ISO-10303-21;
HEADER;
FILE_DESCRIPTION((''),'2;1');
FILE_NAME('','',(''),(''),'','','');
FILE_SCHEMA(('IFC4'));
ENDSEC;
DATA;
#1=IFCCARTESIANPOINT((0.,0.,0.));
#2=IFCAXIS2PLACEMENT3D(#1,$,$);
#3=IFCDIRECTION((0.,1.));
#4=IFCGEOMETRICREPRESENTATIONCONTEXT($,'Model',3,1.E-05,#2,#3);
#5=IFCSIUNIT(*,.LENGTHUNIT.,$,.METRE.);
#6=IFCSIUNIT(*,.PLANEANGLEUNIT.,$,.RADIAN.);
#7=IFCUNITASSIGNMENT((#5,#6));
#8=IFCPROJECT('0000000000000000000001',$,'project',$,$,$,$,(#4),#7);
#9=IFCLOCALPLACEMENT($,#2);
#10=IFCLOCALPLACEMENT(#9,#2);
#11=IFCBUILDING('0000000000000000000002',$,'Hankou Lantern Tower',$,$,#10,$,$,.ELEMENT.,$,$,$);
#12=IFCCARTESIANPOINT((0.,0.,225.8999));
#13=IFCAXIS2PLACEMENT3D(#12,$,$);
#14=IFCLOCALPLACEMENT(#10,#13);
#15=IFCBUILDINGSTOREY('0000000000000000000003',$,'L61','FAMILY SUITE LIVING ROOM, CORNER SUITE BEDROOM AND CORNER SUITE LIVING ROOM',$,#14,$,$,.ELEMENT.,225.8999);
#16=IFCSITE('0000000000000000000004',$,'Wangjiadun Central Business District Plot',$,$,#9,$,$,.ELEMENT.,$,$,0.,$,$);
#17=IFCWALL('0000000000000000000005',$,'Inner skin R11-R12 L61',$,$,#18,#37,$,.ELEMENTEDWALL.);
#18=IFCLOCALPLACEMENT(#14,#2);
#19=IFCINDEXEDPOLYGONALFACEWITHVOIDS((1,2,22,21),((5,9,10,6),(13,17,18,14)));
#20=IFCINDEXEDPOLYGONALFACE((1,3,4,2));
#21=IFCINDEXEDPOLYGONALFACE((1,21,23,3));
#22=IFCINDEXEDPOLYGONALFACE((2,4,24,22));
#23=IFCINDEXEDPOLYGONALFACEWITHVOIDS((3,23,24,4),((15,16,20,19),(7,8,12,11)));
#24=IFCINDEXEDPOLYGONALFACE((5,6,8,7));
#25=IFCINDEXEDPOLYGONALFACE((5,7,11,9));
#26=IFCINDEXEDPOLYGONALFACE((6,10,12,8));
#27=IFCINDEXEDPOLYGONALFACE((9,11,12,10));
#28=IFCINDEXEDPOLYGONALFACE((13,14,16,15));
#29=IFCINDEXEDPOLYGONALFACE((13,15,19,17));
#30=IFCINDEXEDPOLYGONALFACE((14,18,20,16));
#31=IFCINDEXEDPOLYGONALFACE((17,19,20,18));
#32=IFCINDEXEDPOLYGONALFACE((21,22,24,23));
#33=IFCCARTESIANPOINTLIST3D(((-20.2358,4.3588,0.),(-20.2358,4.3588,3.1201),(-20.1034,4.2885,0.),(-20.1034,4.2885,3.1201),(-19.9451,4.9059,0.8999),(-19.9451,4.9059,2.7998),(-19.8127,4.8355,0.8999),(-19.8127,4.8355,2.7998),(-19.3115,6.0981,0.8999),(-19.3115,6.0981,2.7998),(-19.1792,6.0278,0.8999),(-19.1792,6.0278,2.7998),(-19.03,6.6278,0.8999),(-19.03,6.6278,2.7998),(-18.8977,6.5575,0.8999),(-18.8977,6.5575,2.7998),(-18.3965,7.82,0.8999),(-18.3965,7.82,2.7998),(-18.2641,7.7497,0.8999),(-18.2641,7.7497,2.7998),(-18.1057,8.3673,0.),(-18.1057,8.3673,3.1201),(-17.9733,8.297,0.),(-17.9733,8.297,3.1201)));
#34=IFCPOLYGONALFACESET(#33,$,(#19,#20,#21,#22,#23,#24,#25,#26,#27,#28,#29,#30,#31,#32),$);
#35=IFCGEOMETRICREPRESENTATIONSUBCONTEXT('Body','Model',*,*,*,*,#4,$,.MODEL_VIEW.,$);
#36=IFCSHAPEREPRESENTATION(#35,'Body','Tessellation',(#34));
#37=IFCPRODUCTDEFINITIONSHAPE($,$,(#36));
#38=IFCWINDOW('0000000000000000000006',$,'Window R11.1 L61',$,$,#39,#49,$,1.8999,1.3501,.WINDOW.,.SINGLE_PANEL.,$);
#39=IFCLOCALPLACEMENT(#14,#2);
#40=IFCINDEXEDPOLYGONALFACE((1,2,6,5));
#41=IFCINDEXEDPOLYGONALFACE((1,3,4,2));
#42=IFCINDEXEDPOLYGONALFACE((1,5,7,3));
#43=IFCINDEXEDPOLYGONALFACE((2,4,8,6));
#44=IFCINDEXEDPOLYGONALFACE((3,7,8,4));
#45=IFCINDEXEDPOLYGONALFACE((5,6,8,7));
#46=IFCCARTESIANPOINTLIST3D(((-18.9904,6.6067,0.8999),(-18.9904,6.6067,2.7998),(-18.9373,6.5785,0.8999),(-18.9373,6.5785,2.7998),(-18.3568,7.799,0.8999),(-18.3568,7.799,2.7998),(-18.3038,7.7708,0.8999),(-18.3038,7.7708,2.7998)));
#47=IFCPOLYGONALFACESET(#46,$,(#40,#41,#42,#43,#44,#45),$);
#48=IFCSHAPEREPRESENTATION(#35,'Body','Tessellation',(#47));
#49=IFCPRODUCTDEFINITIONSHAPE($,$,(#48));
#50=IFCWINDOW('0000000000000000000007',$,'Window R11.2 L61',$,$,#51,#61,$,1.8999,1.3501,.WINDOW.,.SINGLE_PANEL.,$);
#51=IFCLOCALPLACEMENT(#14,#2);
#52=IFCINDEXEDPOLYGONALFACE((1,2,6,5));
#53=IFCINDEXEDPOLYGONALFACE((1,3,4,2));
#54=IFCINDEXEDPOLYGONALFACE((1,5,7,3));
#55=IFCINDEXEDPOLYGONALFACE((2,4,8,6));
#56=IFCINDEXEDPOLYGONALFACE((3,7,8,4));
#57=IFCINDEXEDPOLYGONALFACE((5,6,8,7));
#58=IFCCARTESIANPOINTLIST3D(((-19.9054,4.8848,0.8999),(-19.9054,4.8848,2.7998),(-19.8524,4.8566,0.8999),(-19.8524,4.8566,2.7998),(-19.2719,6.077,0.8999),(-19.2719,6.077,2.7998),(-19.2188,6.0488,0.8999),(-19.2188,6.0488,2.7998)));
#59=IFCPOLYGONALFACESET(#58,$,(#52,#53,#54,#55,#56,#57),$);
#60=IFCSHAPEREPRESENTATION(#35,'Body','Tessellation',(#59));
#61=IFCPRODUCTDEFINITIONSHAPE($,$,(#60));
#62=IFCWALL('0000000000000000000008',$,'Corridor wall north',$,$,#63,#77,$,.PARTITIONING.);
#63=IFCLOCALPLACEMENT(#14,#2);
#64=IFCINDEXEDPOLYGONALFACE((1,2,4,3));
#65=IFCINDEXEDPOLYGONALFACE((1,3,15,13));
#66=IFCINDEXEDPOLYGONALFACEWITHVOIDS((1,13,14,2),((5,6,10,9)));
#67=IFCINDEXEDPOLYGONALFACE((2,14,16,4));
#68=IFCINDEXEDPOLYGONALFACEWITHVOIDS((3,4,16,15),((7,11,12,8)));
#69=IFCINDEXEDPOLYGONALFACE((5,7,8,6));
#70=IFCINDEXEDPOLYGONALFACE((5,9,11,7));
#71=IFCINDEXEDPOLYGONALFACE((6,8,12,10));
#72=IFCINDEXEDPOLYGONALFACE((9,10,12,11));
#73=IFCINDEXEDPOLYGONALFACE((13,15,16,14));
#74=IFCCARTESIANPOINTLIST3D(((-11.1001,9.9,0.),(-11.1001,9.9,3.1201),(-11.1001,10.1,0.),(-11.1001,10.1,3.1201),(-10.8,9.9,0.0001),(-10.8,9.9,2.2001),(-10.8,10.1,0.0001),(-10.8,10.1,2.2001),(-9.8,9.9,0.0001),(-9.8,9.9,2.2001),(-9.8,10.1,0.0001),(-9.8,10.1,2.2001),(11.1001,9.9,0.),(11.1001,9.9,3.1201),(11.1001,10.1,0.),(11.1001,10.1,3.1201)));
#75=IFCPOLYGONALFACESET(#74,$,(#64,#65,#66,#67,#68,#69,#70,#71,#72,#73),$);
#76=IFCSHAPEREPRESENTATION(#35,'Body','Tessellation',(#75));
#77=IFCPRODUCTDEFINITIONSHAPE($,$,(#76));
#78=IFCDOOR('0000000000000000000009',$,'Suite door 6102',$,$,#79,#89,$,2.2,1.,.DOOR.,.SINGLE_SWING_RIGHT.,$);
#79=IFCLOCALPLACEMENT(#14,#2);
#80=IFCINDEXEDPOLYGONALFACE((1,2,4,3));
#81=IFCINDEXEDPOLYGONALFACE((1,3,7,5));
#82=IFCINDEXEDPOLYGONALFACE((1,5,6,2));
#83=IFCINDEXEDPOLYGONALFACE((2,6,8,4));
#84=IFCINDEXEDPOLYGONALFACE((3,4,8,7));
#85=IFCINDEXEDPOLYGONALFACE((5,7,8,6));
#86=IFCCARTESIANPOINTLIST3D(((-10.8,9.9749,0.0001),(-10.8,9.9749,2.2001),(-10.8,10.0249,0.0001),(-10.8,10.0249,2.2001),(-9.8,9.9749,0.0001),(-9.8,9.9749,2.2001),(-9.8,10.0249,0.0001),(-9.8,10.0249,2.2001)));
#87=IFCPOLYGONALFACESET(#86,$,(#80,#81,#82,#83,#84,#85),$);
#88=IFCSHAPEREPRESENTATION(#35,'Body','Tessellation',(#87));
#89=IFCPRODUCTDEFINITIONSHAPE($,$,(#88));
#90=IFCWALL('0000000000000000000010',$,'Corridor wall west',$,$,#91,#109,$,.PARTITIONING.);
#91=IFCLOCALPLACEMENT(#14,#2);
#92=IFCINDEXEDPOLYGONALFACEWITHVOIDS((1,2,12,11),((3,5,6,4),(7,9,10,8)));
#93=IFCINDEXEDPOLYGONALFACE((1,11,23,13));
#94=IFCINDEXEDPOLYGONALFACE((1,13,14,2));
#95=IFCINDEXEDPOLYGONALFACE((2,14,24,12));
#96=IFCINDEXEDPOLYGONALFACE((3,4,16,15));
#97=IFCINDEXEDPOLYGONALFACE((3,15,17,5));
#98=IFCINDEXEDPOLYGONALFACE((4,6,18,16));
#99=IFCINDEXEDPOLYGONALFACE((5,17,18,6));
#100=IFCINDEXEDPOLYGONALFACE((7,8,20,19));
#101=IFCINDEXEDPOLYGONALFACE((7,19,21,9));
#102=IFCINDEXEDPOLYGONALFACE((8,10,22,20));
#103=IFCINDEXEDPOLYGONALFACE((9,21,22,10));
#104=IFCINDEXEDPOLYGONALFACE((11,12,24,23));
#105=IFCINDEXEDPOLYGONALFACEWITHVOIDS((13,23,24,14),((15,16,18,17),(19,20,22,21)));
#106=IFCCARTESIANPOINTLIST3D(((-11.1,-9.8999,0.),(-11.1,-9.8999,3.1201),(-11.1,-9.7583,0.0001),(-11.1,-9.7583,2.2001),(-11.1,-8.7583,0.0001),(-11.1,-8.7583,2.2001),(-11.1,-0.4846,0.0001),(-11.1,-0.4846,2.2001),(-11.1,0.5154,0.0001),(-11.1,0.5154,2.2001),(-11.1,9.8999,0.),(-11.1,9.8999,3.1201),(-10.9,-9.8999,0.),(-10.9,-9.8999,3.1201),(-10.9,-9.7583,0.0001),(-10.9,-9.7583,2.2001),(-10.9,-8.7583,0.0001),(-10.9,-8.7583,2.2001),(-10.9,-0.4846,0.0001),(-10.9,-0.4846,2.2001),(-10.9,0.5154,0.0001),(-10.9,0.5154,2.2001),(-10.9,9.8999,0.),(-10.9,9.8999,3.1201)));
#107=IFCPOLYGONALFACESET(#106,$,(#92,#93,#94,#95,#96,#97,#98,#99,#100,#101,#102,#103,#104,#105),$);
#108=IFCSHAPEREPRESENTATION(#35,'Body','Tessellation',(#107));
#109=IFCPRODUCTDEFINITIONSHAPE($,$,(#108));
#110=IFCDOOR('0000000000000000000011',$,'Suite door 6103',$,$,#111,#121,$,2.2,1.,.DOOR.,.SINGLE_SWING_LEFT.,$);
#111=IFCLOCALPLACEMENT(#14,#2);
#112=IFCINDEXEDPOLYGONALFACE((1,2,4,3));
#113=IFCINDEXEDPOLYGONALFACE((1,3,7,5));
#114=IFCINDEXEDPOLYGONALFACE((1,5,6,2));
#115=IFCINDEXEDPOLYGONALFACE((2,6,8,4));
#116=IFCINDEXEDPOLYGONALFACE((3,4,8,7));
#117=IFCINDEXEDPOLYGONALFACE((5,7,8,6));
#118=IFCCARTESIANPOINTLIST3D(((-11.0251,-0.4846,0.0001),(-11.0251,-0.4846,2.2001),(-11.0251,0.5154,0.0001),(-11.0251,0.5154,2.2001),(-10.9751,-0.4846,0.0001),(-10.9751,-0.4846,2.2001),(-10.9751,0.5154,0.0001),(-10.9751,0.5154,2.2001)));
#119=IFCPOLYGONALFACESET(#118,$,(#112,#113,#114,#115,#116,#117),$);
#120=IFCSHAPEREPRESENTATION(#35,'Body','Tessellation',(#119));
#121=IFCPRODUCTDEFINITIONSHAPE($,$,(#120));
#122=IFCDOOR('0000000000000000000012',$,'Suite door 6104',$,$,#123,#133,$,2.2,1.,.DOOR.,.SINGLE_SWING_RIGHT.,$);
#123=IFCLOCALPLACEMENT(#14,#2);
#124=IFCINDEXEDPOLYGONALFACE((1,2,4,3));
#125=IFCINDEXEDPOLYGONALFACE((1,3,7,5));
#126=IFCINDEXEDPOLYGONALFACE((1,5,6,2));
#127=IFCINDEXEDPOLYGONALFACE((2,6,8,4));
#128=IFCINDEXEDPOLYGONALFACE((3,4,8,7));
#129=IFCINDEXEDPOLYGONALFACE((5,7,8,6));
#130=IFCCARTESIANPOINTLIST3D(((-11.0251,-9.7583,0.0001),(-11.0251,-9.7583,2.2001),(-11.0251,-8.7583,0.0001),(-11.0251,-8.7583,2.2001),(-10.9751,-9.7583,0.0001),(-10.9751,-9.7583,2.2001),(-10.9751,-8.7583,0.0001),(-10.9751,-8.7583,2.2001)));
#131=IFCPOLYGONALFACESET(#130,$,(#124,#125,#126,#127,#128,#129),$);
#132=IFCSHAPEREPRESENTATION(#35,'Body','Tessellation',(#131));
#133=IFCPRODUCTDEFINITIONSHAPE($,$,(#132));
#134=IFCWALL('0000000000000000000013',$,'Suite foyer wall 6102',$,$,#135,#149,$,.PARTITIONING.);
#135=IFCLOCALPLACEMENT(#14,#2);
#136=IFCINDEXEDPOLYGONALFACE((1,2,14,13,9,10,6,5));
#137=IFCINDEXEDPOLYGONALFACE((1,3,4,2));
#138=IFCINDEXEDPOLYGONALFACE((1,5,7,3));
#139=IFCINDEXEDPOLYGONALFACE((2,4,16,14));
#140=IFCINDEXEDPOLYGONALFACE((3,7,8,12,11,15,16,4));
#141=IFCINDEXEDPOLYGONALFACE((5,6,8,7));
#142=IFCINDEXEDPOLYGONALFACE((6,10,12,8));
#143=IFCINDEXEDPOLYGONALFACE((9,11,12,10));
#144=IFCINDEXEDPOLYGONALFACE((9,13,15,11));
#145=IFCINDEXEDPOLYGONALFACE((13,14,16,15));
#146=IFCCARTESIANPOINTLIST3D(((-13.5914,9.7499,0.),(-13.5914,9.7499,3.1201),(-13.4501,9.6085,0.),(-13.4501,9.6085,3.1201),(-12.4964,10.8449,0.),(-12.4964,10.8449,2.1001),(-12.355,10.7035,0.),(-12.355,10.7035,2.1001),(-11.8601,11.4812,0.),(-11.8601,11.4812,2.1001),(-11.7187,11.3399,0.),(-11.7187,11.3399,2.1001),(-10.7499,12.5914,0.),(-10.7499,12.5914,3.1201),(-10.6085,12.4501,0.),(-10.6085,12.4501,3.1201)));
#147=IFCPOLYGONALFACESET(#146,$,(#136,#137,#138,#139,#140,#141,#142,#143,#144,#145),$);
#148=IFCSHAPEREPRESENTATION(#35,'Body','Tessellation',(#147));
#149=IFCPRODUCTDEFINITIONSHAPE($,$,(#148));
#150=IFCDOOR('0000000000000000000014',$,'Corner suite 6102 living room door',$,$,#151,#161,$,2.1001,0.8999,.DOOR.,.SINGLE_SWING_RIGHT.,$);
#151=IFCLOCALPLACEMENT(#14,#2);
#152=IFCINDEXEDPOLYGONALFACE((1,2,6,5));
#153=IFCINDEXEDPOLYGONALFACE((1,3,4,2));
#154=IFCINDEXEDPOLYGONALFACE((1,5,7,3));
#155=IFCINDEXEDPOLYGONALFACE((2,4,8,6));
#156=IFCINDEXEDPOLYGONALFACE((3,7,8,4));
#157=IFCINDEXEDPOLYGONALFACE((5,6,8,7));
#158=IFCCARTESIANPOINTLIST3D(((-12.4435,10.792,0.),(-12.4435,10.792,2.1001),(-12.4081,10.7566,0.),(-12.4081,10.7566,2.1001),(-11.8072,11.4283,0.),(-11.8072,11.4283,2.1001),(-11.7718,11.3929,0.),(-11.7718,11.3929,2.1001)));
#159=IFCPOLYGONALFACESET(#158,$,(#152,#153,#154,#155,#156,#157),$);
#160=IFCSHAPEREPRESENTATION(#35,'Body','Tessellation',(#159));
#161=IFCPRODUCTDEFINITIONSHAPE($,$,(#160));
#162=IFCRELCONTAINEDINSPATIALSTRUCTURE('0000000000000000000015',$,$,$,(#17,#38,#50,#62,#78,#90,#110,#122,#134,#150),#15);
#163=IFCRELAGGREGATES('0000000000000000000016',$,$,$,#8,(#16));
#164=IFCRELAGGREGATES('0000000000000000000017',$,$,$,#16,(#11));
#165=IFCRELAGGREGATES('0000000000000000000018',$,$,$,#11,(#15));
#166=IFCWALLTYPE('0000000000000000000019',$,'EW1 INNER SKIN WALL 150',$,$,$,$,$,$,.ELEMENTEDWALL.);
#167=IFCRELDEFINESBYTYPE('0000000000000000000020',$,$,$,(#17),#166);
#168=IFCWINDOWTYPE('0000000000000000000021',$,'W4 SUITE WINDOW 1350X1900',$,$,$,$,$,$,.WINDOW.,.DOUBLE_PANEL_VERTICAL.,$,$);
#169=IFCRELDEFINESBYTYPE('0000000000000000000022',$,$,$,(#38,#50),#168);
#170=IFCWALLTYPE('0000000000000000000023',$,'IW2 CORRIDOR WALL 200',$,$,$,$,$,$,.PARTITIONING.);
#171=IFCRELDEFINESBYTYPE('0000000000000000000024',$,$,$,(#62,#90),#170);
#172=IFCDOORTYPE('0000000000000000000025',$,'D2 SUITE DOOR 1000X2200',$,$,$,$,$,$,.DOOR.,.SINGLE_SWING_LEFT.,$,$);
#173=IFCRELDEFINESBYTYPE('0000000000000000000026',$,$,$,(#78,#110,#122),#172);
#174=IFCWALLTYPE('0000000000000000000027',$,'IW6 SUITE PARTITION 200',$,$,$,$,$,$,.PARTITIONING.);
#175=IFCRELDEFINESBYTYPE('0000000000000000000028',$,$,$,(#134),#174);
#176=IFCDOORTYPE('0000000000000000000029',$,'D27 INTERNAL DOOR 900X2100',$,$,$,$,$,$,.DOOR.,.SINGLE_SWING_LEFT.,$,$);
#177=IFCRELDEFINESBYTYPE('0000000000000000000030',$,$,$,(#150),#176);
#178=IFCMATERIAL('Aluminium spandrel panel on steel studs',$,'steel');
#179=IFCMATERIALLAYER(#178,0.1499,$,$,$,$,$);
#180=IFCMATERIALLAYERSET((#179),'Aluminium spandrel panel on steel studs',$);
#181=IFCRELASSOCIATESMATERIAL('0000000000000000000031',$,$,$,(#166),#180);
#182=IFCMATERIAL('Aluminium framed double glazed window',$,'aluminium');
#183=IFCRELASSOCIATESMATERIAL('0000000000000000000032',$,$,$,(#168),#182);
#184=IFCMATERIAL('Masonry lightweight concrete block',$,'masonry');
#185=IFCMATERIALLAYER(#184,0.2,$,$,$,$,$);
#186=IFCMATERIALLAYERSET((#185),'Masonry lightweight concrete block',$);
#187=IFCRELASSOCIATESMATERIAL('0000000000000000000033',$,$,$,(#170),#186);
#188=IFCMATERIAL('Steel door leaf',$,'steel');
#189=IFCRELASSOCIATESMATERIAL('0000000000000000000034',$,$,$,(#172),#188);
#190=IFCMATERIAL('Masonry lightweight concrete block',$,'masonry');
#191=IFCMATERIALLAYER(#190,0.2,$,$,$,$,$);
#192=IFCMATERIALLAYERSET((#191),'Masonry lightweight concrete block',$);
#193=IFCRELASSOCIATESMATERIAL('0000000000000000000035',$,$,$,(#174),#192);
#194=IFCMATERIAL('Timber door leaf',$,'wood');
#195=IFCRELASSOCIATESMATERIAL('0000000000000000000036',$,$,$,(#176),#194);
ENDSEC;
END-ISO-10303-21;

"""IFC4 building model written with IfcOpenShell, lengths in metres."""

from ifc_helpers import new_model, si_unit, direction, frame, frame_2d, origin, place, context, subcontext, project, spatial, rectangle, extrude, material, layer, layer_set, type_object, element, fill, save


model = new_model("IFC4")

# Units and contexts
model_context = context("Model", 3, precision=1e-05, world=origin(), true_north=direction((0.0, 1.0)))
body_context = subcontext(model_context, "Body", "Model", "MODEL_VIEW")
ifc_project = project(units=[si_unit("LENGTHUNIT", "METRE"), si_unit("PLANEANGLEUNIT", "RADIAN")], contexts=[model_context])

# Site, building, storey
site_placement = place(None, origin())
site = spatial("IfcSite", under=ifc_project, at=site_placement, Name="Wangjiadun Central Business District Plot", CompositionType="ELEMENT", RefElevation=0.0)
building_placement = place(site_placement, origin())
building = spatial("IfcBuilding", under=site, at=building_placement, Name="Hankou Lantern Tower", CompositionType="ELEMENT")
storey_placement = place(building_placement, frame((0.0, 0.0, 225.8999)))
storey = spatial("IfcBuildingStorey", under=building, at=storey_placement, Name="L61", Description="FAMILY SUITE LIVING ROOM, CORNER SUITE BEDROOM AND CORNER SUITE LIVING ROOM", CompositionType="ELEMENT", Elevation=225.8999)

# Wall, openings, windows
ifc_material_1 = material(Name="Aluminium spandrel panel on steel studs", Category="steel")
ifc_layer_1 = layer(ifc_material_1, 0.1499)
ifc_layer_set_1 = layer_set([ifc_layer_1], Name="Aluminium spandrel panel on steel studs")
wall_type_1 = type_object("IfcWallType", Name="EW1 INNER SKIN WALL 150", PredefinedType="ELEMENTEDWALL", material=ifc_layer_set_1)
ifc_material_2 = material(Name="Aluminium framed double glazed window", Category="aluminium")
window_type = type_object("IfcWindowType", Name="W4 SUITE WINDOW 1350X1900", PartitioningType="DOUBLE_PANEL_VERTICAL", PredefinedType="WINDOW", material=ifc_material_2)
wall_1_placement = place(storey_placement, frame((-18.0396, 8.332, 0.0), z_axis=(0.0, 0.0, 1.0), x_axis=(-0.469256, -0.883062, 0.0)))
wall_1 = element("IfcWall", 1, at=wall_1_placement, inside=storey, type_object=wall_type_1, Name="Inner skin R11-R12 L61", PredefinedType="ELEMENTEDWALL", context=body_context, shape_type="SweptSolid", body=[
    extrude(rectangle(XDim=4.5393, YDim=0.1499, at=frame_2d((2.2695, 0.0))), origin(), (0.0, 0.0, 1.0), 3.1201),
])
opening_1_placement = place(wall_1_placement, frame((0.6196, 0.0, 0.8999)))
opening_1 = element("IfcOpeningElement", 2, at=opening_1_placement, cuts=wall_1, PredefinedType="OPENING", context=body_context, shape_type="SweptSolid", body=[
    extrude(rectangle(XDim=1.3501, YDim=1.8999, at=frame_2d((0.675, 0.95))), frame((0.0, 0.085, 0.0), z_axis=(0.0, -1.0, 0.0), x_axis=(1.0, 0.0, 0.0)), (0.0, 0.0, 1.0), 0.1699),
])
opening_2_placement = place(wall_1_placement, frame((2.5696, 0.0, 0.8999)))
opening_2 = element("IfcOpeningElement", 3, at=opening_2_placement, cuts=wall_1, PredefinedType="OPENING", context=body_context, shape_type="SweptSolid", body=[
    extrude(rectangle(XDim=1.3501, YDim=1.8999, at=frame_2d((0.675, 0.95))), frame((0.0, 0.085, 0.0), z_axis=(0.0, -1.0, 0.0), x_axis=(1.0, 0.0, 0.0)), (0.0, 0.0, 1.0), 0.1699),
])
window_1_placement = place(opening_1_placement, origin())
window_1 = element("IfcWindow", 4, at=window_1_placement, inside=storey, type_object=window_type, Name="Window R11.1 L61", OverallHeight=1.8999, OverallWidth=1.3501, PartitioningType="SINGLE_PANEL", PredefinedType="WINDOW", context=body_context, shape_type="SweptSolid", body=[
    extrude(rectangle(XDim=1.3501, YDim=1.8999, at=frame_2d((0.675, 0.95))), frame((0.0, 0.03, 0.0), z_axis=(0.0, -1.0, 0.0), x_axis=(1.0, 0.0, 0.0)), (0.0, 0.0, 1.0), 0.0601),
])
fill(opening_1, window_1)
window_2_placement = place(opening_2_placement, origin())
window_2 = element("IfcWindow", 5, at=window_2_placement, inside=storey, type_object=window_type, Name="Window R11.2 L61", OverallHeight=1.8999, OverallWidth=1.3501, PartitioningType="SINGLE_PANEL", PredefinedType="WINDOW", context=body_context, shape_type="SweptSolid", body=[
    extrude(rectangle(XDim=1.3501, YDim=1.8999, at=frame_2d((0.675, 0.95))), frame((0.0, 0.03, 0.0), z_axis=(0.0, -1.0, 0.0), x_axis=(1.0, 0.0, 0.0)), (0.0, 0.0, 1.0), 0.0601),
])
fill(opening_2, window_2)

# Wall, opening, door
ifc_material_3 = material(Name="Masonry lightweight concrete block", Category="masonry")
ifc_layer_2 = layer(ifc_material_3, 0.2)
ifc_layer_set_2 = layer_set([ifc_layer_2], Name="Masonry lightweight concrete block")
wall_type_2 = type_object("IfcWallType", Name="IW2 CORRIDOR WALL 200", PredefinedType="PARTITIONING", material=ifc_layer_set_2)
wall_2_placement = place(storey_placement, frame((-11.1001, 10.0, 0.0), z_axis=(0.0, 0.0, 1.0), x_axis=(1.0, 0.0, 0.0)))
wall_2 = element("IfcWall", 6, at=wall_2_placement, inside=storey, type_object=wall_type_2, Name="Corridor wall north", PredefinedType="PARTITIONING", context=body_context, shape_type="SweptSolid", body=[
    extrude(rectangle(XDim=22.2002, YDim=0.2, at=frame_2d((11.1001, 0.0))), origin(), (0.0, 0.0, 1.0), 3.1201),
])
opening_3_placement = place(wall_2_placement, frame((0.3, 0.0, 0.0)))
opening_3 = element("IfcOpeningElement", 7, at=opening_3_placement, cuts=wall_2, PredefinedType="OPENING", context=body_context, shape_type="SweptSolid", body=[
    extrude(rectangle(XDim=1.0, YDim=2.2, at=frame_2d((0.5, 1.1001))), frame((0.0, 0.1099, 0.0), z_axis=(0.0, -1.0, 0.0), x_axis=(1.0, 0.0, 0.0)), (0.0, 0.0, 1.0), 0.22),
])
ifc_material_4 = material(Name="Steel door leaf", Category="steel")
door_type_1 = type_object("IfcDoorType", Name="D2 SUITE DOOR 1000X2200", OperationType="SINGLE_SWING_LEFT", PredefinedType="DOOR", material=ifc_material_4)
door_1_placement = place(opening_3_placement, origin())
door_1 = element("IfcDoor", 8, at=door_1_placement, inside=storey, type_object=door_type_1, Name="Suite door 6102", OperationType="SINGLE_SWING_RIGHT", OverallHeight=2.2, OverallWidth=1.0, PredefinedType="DOOR", context=body_context, shape_type="SweptSolid", body=[
    extrude(rectangle(XDim=1.0, YDim=2.2, at=frame_2d((0.5, 1.1001))), frame((0.0, 0.0249, 0.0), z_axis=(0.0, -1.0, 0.0), x_axis=(1.0, 0.0, 0.0)), (0.0, 0.0, 1.0), 0.05),
])
fill(opening_3, door_1)

# Wall, openings, doors
wall_3_placement = place(storey_placement, frame((-11.0, 9.8999, 0.0), z_axis=(0.0, 0.0, 1.0), x_axis=(0.0, -1.0, 0.0)))
wall_3 = element("IfcWall", 9, at=wall_3_placement, inside=storey, type_object=wall_type_2, Name="Corridor wall west", PredefinedType="PARTITIONING", context=body_context, shape_type="SweptSolid", body=[
    extrude(rectangle(XDim=19.7998, YDim=0.2, at=frame_2d((9.8999, 0.0))), origin(), (0.0, 0.0, 1.0), 3.1201),
])
opening_4_placement = place(wall_3_placement, frame((9.3845, 0.0, 0.0)))
opening_4 = element("IfcOpeningElement", 10, at=opening_4_placement, cuts=wall_3, PredefinedType="OPENING", context=body_context, shape_type="SweptSolid", body=[
    extrude(rectangle(XDim=1.0, YDim=2.2, at=frame_2d((0.5, 1.1001))), frame((0.0, 0.1099, 0.0), z_axis=(0.0, -1.0, 0.0), x_axis=(1.0, 0.0, 0.0)), (0.0, 0.0, 1.0), 0.22),
])
opening_5_placement = place(wall_3_placement, frame((18.6582, 0.0, 0.0)))
opening_5 = element("IfcOpeningElement", 11, at=opening_5_placement, cuts=wall_3, PredefinedType="OPENING", context=body_context, shape_type="SweptSolid", body=[
    extrude(rectangle(XDim=1.0, YDim=2.2, at=frame_2d((0.5, 1.1001))), frame((0.0, 0.1099, 0.0), z_axis=(0.0, -1.0, 0.0), x_axis=(1.0, 0.0, 0.0)), (0.0, 0.0, 1.0), 0.22),
])
door_2_placement = place(opening_4_placement, origin())
door_2 = element("IfcDoor", 12, at=door_2_placement, inside=storey, type_object=door_type_1, Name="Suite door 6103", OperationType="SINGLE_SWING_LEFT", OverallHeight=2.2, OverallWidth=1.0, PredefinedType="DOOR", context=body_context, shape_type="SweptSolid", body=[
    extrude(rectangle(XDim=1.0, YDim=2.2, at=frame_2d((0.5, 1.1001))), frame((0.0, 0.0249, 0.0), z_axis=(0.0, -1.0, 0.0), x_axis=(1.0, 0.0, 0.0)), (0.0, 0.0, 1.0), 0.05),
])
fill(opening_4, door_2)
door_3_placement = place(opening_5_placement, origin())
door_3 = element("IfcDoor", 13, at=door_3_placement, inside=storey, type_object=door_type_1, Name="Suite door 6104", OperationType="SINGLE_SWING_RIGHT", OverallHeight=2.2, OverallWidth=1.0, PredefinedType="DOOR", context=body_context, shape_type="SweptSolid", body=[
    extrude(rectangle(XDim=1.0, YDim=2.2, at=frame_2d((0.5, 1.1001))), frame((0.0, 0.0249, 0.0), z_axis=(0.0, -1.0, 0.0), x_axis=(1.0, 0.0, 0.0)), (0.0, 0.0, 1.0), 0.05),
])
fill(opening_5, door_3)

# Wall, opening, door
ifc_material_5 = material(Name="Masonry lightweight concrete block", Category="masonry")
ifc_layer_3 = layer(ifc_material_5, 0.2)
ifc_layer_set_3 = layer_set([ifc_layer_3], Name="Masonry lightweight concrete block")
wall_type_3 = type_object("IfcWallType", Name="IW6 SUITE PARTITION 200", PredefinedType="PARTITIONING", material=ifc_layer_set_3)
wall_4_placement = place(storey_placement, frame((-10.6792, 12.5208, 0.0), z_axis=(0.0, 0.0, 1.0), x_axis=(-0.707107, -0.707107, 0.0)))
wall_4 = element("IfcWall", 14, at=wall_4_placement, inside=storey, type_object=wall_type_3, Name="Suite foyer wall 6102", PredefinedType="PARTITIONING", context=body_context, shape_type="SweptSolid", body=[
    extrude(rectangle(XDim=4.0186, YDim=0.2, at=frame_2d((2.0093, 0.0))), origin(), (0.0, 0.0, 1.0), 3.1201),
])
opening_6_placement = place(wall_4_placement, frame((1.5701, 0.0, 0.0)))
opening_6 = element("IfcOpeningElement", 15, at=opening_6_placement, cuts=wall_4, PredefinedType="OPENING", context=body_context, shape_type="SweptSolid", body=[
    extrude(rectangle(XDim=0.8999, YDim=2.1001, at=frame_2d((0.45, 1.05))), frame((0.0, 0.1099, 0.0), z_axis=(0.0, -1.0, 0.0), x_axis=(1.0, 0.0, 0.0)), (0.0, 0.0, 1.0), 0.22),
])
ifc_material_6 = material(Name="Timber door leaf", Category="wood")
door_type_2 = type_object("IfcDoorType", Name="D27 INTERNAL DOOR 900X2100", OperationType="SINGLE_SWING_LEFT", PredefinedType="DOOR", material=ifc_material_6)
door_4_placement = place(opening_6_placement, origin())
door_4 = element("IfcDoor", 16, at=door_4_placement, inside=storey, type_object=door_type_2, Name="Corner suite 6102 living room door", OperationType="SINGLE_SWING_RIGHT", OverallHeight=2.1001, OverallWidth=0.8999, PredefinedType="DOOR", context=body_context, shape_type="SweptSolid", body=[
    extrude(rectangle(XDim=0.8999, YDim=2.1001, at=frame_2d((0.45, 1.05))), frame((0.0, 0.0249, 0.0), z_axis=(0.0, -1.0, 0.0), x_axis=(1.0, 0.0, 0.0)), (0.0, 0.0, 1.0), 0.05),
])
fill(opening_6, door_4)

save(model, "model.ifc")
